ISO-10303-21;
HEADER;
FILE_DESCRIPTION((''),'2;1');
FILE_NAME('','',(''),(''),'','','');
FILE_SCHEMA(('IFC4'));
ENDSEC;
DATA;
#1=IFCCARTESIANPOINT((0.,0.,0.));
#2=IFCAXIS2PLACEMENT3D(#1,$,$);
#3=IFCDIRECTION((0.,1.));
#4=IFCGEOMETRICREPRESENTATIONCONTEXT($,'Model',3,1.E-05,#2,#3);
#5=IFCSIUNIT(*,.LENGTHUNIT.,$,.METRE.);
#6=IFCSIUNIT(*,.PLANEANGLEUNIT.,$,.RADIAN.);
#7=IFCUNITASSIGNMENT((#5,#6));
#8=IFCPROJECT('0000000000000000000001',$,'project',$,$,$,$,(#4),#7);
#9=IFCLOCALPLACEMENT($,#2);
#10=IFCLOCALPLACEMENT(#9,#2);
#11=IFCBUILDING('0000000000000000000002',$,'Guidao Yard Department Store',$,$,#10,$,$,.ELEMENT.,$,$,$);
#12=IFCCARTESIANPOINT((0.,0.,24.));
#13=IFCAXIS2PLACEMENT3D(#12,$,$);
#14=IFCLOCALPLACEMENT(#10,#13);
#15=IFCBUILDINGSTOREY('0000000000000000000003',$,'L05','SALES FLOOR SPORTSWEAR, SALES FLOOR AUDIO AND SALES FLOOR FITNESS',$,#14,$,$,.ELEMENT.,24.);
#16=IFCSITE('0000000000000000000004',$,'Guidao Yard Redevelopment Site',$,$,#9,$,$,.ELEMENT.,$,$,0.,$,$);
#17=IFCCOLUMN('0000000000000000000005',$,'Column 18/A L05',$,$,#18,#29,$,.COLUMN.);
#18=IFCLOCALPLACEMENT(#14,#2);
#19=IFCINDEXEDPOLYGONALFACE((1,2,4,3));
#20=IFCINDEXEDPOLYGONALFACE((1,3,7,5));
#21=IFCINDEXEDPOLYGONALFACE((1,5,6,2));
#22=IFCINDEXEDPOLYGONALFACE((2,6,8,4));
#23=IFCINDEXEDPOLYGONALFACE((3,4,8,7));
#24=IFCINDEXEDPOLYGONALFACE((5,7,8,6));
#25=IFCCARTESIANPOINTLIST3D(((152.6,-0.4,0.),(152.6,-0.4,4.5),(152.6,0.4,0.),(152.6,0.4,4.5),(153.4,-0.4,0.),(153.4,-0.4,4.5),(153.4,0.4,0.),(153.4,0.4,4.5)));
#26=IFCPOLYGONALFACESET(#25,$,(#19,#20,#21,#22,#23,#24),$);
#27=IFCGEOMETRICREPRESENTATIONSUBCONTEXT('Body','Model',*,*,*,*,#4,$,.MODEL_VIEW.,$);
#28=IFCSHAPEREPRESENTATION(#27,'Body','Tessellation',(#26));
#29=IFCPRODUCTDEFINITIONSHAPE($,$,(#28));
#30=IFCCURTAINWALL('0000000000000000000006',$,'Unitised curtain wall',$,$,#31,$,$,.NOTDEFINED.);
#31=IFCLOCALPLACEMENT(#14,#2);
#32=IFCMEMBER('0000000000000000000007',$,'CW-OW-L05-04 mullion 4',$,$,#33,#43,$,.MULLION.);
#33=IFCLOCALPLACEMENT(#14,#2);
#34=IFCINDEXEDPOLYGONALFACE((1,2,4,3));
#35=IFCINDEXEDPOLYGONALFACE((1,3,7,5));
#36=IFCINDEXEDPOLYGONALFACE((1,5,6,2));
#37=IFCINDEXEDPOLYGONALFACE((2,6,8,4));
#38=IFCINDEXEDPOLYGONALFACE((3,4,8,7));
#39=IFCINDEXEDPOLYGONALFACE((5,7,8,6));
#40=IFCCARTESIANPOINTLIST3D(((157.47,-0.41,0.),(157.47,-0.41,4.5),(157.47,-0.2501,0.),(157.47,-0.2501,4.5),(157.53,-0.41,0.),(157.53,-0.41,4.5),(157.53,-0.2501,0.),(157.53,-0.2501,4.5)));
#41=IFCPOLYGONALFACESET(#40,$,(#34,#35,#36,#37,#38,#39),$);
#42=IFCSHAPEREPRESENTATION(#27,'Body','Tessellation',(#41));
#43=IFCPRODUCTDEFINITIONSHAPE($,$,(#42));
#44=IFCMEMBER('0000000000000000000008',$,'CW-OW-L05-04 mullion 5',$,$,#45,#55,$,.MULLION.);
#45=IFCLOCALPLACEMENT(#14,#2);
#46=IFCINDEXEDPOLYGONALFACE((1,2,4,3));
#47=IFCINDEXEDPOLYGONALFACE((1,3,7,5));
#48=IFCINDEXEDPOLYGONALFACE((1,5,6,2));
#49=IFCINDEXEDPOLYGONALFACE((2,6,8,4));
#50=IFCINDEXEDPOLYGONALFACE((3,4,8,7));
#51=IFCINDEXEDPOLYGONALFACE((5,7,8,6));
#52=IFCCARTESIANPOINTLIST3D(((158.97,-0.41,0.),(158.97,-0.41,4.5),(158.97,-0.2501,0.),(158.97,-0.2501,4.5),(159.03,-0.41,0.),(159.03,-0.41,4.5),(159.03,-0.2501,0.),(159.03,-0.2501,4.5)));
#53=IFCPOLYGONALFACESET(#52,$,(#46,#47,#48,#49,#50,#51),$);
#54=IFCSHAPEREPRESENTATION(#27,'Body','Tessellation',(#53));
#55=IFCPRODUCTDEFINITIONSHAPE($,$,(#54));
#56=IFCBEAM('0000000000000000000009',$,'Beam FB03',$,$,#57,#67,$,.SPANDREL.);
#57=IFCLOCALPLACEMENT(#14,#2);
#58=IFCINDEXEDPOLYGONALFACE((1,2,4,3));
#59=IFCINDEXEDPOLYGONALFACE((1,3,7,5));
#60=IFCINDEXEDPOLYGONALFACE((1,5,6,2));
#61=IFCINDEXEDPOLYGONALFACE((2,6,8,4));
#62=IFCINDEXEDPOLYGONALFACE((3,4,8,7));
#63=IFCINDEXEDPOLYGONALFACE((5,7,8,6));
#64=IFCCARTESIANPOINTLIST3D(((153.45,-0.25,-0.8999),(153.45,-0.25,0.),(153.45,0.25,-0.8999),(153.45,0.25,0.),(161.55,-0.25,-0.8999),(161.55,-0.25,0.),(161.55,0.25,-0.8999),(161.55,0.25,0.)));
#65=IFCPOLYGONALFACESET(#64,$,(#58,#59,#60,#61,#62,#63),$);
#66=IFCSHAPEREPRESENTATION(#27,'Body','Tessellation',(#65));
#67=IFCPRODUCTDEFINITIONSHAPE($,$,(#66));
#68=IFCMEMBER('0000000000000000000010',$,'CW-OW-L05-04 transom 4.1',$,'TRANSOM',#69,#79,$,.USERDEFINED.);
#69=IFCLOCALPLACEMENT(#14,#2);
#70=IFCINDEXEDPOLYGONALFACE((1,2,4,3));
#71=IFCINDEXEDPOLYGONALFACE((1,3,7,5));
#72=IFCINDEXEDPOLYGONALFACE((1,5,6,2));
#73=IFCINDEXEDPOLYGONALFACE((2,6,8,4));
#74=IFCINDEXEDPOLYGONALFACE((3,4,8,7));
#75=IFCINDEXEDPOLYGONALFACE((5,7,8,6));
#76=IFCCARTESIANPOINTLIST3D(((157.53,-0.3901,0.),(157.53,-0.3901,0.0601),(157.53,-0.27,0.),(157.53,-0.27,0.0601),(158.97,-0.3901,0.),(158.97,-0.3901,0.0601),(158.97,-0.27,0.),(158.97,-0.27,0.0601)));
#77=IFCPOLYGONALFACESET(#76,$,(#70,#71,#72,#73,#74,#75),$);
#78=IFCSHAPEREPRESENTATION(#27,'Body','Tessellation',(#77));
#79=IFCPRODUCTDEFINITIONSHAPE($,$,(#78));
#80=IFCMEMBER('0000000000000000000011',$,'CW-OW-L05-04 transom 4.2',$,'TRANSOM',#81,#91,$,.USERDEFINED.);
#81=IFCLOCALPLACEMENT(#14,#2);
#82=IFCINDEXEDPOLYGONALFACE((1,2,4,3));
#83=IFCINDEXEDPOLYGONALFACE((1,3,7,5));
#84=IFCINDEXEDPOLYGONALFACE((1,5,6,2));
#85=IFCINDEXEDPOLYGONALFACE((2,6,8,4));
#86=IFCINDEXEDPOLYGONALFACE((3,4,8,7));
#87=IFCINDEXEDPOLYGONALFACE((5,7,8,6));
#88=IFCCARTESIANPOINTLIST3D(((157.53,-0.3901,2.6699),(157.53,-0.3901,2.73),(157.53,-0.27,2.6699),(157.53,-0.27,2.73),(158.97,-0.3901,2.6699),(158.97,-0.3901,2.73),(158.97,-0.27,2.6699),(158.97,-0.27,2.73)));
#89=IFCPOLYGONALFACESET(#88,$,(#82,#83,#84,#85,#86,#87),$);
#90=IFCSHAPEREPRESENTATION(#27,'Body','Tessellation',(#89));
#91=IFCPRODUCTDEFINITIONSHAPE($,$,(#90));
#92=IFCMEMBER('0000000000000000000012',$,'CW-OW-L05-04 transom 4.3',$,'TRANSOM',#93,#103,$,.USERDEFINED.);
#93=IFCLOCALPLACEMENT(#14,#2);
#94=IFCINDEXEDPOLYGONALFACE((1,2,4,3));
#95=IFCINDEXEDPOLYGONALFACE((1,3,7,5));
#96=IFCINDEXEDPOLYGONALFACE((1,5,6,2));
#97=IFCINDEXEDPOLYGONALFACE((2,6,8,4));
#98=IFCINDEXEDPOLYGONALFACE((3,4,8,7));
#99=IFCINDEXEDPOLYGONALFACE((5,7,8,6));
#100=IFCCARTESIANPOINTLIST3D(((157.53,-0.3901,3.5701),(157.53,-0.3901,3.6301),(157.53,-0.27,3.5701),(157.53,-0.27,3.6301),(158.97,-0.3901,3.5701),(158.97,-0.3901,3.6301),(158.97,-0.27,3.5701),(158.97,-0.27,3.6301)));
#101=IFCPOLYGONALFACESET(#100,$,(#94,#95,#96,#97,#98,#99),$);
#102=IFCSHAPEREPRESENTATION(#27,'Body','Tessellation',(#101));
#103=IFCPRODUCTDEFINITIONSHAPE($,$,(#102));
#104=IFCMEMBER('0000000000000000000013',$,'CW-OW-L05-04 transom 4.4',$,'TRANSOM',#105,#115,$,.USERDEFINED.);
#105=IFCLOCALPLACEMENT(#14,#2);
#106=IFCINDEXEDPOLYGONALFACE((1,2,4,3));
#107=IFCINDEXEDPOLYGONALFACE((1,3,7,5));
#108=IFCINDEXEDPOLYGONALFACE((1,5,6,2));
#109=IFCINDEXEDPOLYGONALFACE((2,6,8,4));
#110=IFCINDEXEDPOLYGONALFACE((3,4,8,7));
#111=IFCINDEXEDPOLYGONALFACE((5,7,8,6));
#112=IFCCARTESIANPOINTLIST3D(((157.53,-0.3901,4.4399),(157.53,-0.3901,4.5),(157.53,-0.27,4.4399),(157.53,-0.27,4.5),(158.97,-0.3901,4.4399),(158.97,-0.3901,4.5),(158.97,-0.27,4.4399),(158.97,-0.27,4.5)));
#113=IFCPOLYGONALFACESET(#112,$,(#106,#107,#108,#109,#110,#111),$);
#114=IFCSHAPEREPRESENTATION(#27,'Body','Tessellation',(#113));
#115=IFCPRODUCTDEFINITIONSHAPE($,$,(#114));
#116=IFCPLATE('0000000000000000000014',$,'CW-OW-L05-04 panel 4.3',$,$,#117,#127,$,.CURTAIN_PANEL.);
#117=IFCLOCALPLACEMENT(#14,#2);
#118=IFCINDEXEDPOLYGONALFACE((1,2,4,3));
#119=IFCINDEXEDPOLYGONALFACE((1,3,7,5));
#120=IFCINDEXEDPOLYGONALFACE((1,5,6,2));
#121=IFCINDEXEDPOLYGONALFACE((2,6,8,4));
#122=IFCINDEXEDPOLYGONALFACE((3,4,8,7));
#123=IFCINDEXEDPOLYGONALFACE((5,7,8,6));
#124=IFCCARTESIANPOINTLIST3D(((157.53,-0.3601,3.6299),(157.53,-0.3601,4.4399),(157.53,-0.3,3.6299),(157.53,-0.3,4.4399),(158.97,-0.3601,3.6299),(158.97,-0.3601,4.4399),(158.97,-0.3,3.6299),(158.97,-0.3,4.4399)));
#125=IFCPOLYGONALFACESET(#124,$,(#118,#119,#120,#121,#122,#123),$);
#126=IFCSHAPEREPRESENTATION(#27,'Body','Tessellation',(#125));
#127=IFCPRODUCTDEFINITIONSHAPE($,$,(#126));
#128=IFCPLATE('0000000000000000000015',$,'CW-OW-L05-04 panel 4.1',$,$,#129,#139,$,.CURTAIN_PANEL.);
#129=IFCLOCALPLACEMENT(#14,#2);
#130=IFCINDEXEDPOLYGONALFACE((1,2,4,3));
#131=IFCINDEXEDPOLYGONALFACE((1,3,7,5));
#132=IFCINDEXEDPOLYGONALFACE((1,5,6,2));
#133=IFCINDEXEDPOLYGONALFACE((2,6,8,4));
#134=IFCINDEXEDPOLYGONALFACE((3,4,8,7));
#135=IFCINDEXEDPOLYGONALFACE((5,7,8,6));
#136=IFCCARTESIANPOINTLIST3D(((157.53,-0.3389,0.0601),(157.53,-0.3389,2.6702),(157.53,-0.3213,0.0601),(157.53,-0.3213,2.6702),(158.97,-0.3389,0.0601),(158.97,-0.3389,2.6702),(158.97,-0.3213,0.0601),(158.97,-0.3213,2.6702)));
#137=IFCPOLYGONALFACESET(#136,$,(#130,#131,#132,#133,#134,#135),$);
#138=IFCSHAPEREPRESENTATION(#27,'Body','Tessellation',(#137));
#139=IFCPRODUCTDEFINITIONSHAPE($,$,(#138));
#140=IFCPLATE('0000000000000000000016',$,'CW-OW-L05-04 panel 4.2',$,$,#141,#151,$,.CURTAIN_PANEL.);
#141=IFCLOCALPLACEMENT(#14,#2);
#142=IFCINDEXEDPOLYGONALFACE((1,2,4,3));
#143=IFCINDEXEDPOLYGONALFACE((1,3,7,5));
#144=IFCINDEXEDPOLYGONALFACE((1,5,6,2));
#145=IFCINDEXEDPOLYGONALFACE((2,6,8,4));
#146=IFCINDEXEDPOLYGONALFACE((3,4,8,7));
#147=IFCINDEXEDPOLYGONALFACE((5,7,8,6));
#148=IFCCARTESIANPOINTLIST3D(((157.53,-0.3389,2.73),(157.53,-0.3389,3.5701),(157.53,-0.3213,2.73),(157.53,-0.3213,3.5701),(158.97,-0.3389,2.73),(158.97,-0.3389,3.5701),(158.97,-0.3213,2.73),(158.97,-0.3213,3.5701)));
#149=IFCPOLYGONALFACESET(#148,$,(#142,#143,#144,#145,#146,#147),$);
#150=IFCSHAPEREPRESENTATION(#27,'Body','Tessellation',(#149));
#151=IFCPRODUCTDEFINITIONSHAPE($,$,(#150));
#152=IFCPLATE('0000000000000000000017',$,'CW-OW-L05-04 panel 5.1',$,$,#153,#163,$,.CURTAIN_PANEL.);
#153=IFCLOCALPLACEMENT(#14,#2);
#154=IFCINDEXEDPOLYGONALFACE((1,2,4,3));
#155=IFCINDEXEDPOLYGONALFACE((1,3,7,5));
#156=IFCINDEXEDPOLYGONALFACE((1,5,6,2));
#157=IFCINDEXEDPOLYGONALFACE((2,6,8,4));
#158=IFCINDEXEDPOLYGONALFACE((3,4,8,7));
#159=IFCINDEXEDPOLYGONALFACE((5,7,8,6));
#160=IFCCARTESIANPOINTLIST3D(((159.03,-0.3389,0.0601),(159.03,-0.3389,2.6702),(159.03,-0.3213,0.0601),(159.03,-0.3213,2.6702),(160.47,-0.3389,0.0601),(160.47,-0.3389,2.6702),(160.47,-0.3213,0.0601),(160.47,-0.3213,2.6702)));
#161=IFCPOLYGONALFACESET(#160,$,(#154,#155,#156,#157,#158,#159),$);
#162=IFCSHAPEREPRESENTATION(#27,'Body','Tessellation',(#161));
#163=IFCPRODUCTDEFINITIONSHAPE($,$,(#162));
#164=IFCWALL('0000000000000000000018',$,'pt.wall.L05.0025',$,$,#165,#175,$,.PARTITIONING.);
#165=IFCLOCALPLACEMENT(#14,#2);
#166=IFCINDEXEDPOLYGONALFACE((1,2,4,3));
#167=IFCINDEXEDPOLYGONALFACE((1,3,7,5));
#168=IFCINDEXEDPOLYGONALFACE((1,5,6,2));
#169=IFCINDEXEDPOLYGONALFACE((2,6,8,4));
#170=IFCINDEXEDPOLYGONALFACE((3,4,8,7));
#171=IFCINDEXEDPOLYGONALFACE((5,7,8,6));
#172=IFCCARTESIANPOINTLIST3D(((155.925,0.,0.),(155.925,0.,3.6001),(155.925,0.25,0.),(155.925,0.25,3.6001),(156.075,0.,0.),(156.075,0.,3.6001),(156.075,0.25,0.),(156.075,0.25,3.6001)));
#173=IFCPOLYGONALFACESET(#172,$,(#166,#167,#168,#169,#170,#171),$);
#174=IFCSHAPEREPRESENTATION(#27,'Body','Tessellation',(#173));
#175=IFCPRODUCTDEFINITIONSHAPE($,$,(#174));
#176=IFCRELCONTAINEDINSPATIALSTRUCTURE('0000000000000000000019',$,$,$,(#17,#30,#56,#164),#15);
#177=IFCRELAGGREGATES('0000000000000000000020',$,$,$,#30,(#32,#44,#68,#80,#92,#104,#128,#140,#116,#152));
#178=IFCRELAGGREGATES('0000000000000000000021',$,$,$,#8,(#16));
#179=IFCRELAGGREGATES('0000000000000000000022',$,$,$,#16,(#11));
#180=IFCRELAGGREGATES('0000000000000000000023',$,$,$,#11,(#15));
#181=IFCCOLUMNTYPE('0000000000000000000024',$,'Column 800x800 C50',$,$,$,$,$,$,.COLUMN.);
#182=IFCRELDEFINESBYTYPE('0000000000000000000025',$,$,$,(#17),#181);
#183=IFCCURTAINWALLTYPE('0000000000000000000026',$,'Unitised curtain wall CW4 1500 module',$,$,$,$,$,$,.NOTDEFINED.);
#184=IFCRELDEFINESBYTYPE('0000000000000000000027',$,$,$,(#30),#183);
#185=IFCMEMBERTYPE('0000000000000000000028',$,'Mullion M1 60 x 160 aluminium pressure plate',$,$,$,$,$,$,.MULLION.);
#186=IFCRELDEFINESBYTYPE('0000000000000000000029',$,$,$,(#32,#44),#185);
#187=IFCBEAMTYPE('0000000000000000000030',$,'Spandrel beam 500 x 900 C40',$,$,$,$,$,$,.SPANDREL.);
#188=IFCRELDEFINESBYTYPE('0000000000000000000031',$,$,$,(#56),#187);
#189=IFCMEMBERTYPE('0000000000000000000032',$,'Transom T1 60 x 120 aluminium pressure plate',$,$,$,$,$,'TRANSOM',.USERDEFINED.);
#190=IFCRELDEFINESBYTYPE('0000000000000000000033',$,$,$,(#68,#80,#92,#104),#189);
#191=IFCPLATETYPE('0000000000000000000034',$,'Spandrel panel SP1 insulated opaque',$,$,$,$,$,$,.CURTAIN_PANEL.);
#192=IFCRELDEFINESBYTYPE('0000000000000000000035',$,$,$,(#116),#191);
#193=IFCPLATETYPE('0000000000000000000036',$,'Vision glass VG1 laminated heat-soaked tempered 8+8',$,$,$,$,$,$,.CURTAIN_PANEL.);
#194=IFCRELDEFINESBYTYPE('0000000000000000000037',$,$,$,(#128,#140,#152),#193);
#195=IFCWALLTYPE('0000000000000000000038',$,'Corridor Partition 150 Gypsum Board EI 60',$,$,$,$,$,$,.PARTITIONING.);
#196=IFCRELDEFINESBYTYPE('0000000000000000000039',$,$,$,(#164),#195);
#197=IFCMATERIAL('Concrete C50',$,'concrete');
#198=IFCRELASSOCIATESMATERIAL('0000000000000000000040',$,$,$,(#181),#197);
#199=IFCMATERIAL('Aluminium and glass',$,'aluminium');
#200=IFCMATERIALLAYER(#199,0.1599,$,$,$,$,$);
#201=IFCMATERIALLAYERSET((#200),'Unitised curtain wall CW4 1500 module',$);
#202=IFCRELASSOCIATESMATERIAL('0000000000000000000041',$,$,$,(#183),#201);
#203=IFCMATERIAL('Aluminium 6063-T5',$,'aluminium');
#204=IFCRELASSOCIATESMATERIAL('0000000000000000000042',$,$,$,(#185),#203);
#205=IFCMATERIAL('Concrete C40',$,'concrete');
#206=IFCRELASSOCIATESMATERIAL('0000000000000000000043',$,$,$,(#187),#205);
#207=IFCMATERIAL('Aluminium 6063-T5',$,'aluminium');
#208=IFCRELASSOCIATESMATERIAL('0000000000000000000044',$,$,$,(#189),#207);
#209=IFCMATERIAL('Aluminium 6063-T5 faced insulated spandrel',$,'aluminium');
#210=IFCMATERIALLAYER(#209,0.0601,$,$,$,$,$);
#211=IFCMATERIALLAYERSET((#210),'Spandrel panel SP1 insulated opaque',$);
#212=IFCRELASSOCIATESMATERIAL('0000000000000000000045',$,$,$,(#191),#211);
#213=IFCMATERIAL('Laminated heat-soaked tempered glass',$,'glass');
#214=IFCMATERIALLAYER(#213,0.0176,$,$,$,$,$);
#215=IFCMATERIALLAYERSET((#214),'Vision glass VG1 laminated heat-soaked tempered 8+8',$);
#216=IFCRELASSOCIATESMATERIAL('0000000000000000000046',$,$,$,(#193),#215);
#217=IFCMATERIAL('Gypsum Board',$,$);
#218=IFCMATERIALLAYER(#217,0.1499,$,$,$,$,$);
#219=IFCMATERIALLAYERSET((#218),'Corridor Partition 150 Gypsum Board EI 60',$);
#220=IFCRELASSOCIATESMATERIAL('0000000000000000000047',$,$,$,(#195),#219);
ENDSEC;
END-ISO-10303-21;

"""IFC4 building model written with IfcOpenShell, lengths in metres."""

from ifc_helpers import new_model, si_unit, direction, frame, frame_2d, origin, origin_2d, place, context, subcontext, project, spatial, rectangle, extrude, material, layer, layer_set, material_profile, profile_set, type_object, element, aggregate, save


model = new_model("IFC4")

# Units and contexts
model_context = context("Model", 3, precision=1e-05, world=origin(), true_north=direction((0.0, 1.0)))
body_context = subcontext(model_context, "Body", "Model", "MODEL_VIEW")
ifc_project = project(units=[si_unit("LENGTHUNIT", "METRE"), si_unit("PLANEANGLEUNIT", "RADIAN")], contexts=[model_context])

# Site, building, storey
site_placement = place(None, origin())
site = spatial("IfcSite", under=ifc_project, at=site_placement, Name="Guidao Yard Redevelopment Site", CompositionType="ELEMENT", RefElevation=0.0)
building_placement = place(site_placement, origin())
building = spatial("IfcBuilding", under=site, at=building_placement, Name="Guidao Yard Department Store", CompositionType="ELEMENT")
storey_placement = place(building_placement, frame((0.0, 0.0, 24.0)))
storey = spatial("IfcBuildingStorey", under=building, at=storey_placement, Name="L05", Description="SALES FLOOR SPORTSWEAR, SALES FLOOR AUDIO AND SALES FLOOR FITNESS", CompositionType="ELEMENT", Elevation=24.0)

# Column
ifc_material_1 = material(Name="Concrete C50", Category="concrete")
ifc_material_profile_1 = material_profile(ifc_material_1, rectangle(XDim=0.8, YDim=0.8, at=origin_2d()), Name="COL 800x800")
ifc_profile_set_1 = profile_set([ifc_material_profile_1], Name="Concrete C50")
column_type = type_object("IfcColumnType", Name="Column 800x800 C50", PredefinedType="COLUMN", material=ifc_profile_set_1)
column_placement = place(storey_placement, frame((153.0, 0.0, 0.0), z_axis=(0.0, 0.0, 1.0), x_axis=(1.0, 0.0, 0.0)))
element("IfcColumn", 1, at=column_placement, inside=storey, type_object=column_type, Name="Column 18/A L05", PredefinedType="COLUMN", context=body_context, shape_type="SweptSolid", body=[
    extrude(rectangle(XDim=0.8, YDim=0.8, at=origin_2d()), origin(), (0.0, 0.0, 1.0), 4.5),
])

# Curtain wall, members
ifc_material_2 = material(Name="Aluminium and glass", Category="aluminium")
ifc_layer_1 = layer(ifc_material_2, 0.1599)
ifc_layer_set_1 = layer_set([ifc_layer_1], Name="Unitised curtain wall CW4 1500 module")
curtain_wall_type = type_object("IfcCurtainWallType", Name="Unitised curtain wall CW4 1500 module", PredefinedType="NOTDEFINED", material=ifc_layer_set_1)
curtain_wall_placement = place(storey_placement, origin())
curtain_wall = element("IfcCurtainWall", 2, at=curtain_wall_placement, inside=storey, type_object=curtain_wall_type, Name="Unitised curtain wall", PredefinedType="NOTDEFINED")
ifc_material_3 = material(Name="Aluminium 6063-T5", Category="aluminium")
ifc_material_profile_2 = material_profile(ifc_material_3, rectangle(XDim=0.0601, YDim=0.1599, at=origin_2d()), Name="Mullion M1 60 x 160 aluminium pressure plate")
ifc_profile_set_2 = profile_set([ifc_material_profile_2], Name="Aluminium 6063-T5")
member_type_1 = type_object("IfcMemberType", Name="Mullion M1 60 x 160 aluminium pressure plate", PredefinedType="MULLION", material=ifc_profile_set_2)
member_1_placement = place(storey_placement, frame((157.5, -0.3301, 0.0), z_axis=(0.0, 0.0, 1.0), x_axis=(-1.0, 0.0, 0.0)))
member_1 = element("IfcMember", 3, at=member_1_placement, type_object=member_type_1, Name="CW-OW-L05-04 mullion 4", PredefinedType="MULLION", context=body_context, shape_type="SweptSolid", body=[
    extrude(rectangle(XDim=0.0601, YDim=0.1599, at=origin_2d()), origin(), (0.0, 0.0, 1.0), 4.5),
])
member_2_placement = place(storey_placement, frame((159.0, -0.3301, 0.0), z_axis=(0.0, 0.0, 1.0), x_axis=(-1.0, 0.0, 0.0)))
member_2 = element("IfcMember", 4, at=member_2_placement, type_object=member_type_1, Name="CW-OW-L05-04 mullion 5", PredefinedType="MULLION", context=body_context, shape_type="SweptSolid", body=[
    extrude(rectangle(XDim=0.0601, YDim=0.1599, at=origin_2d()), origin(), (0.0, 0.0, 1.0), 4.5),
])

# Beam
ifc_material_4 = material(Name="Concrete C40", Category="concrete")
ifc_material_profile_3 = material_profile(ifc_material_4, rectangle(XDim=0.5, YDim=0.8999, at=origin_2d()), Name="Spandrel beam 500 x 900 C40")
ifc_profile_set_3 = profile_set([ifc_material_profile_3], Name="Concrete C40")
beam_type = type_object("IfcBeamType", Name="Spandrel beam 500 x 900 C40", PredefinedType="SPANDREL", material=ifc_profile_set_3)
beam_placement = place(storey_placement, frame((153.45, 0.0, -0.45), z_axis=(1.0, 0.0, 0.0), x_axis=(0.0, 1.0, 0.0)))
element("IfcBeam", 5, at=beam_placement, inside=storey, type_object=beam_type, Name="Beam FB03", PredefinedType="SPANDREL", context=body_context, shape_type="SweptSolid", body=[
    extrude(rectangle(XDim=0.5, YDim=0.8999, at=origin_2d()), origin(), (0.0, 0.0, 1.0), 8.1001),
])

# Members
ifc_material_5 = material(Name="Aluminium 6063-T5", Category="aluminium")
ifc_material_profile_4 = material_profile(ifc_material_5, rectangle(XDim=0.1201, YDim=0.0601, at=origin_2d()), Name="Transom T1 60 x 120 aluminium pressure plate")
ifc_profile_set_4 = profile_set([ifc_material_profile_4], Name="Aluminium 6063-T5")
member_type_2 = type_object("IfcMemberType", Name="Transom T1 60 x 120 aluminium pressure plate", ElementType="TRANSOM", PredefinedType="USERDEFINED", material=ifc_profile_set_4)
member_3_placement = place(storey_placement, frame((158.97, -0.3301, 0.03), z_axis=(-1.0, 0.0, 0.0), x_axis=(0.0, -1.0, 0.0)))
member_3 = element("IfcMember", 6, at=member_3_placement, type_object=member_type_2, Name="CW-OW-L05-04 transom 4.1", ObjectType="TRANSOM", PredefinedType="USERDEFINED", context=body_context, shape_type="SweptSolid", body=[
    extrude(rectangle(XDim=0.1201, YDim=0.0601, at=origin_2d()), origin(), (0.0, 0.0, 1.0), 1.4399),
])
member_4_placement = place(storey_placement, frame((158.97, -0.3301, 2.7), z_axis=(-1.0, 0.0, 0.0), x_axis=(0.0, -1.0, 0.0)))
member_4 = element("IfcMember", 7, at=member_4_placement, type_object=member_type_2, Name="CW-OW-L05-04 transom 4.2", ObjectType="TRANSOM", PredefinedType="USERDEFINED", context=body_context, shape_type="SweptSolid", body=[
    extrude(rectangle(XDim=0.1201, YDim=0.0601, at=origin_2d()), origin(), (0.0, 0.0, 1.0), 1.4399),
])
member_5_placement = place(storey_placement, frame((158.97, -0.3301, 3.6001), z_axis=(-1.0, 0.0, 0.0), x_axis=(0.0, -1.0, 0.0)))
member_5 = element("IfcMember", 8, at=member_5_placement, type_object=member_type_2, Name="CW-OW-L05-04 transom 4.3", ObjectType="TRANSOM", PredefinedType="USERDEFINED", context=body_context, shape_type="SweptSolid", body=[
    extrude(rectangle(XDim=0.1201, YDim=0.0601, at=origin_2d()), origin(), (0.0, 0.0, 1.0), 1.4399),
])
member_6_placement = place(storey_placement, frame((158.97, -0.3301, 4.47), z_axis=(-1.0, 0.0, 0.0), x_axis=(0.0, -1.0, 0.0)))
member_6 = element("IfcMember", 9, at=member_6_placement, type_object=member_type_2, Name="CW-OW-L05-04 transom 4.4", ObjectType="TRANSOM", PredefinedType="USERDEFINED", context=body_context, shape_type="SweptSolid", body=[
    extrude(rectangle(XDim=0.1201, YDim=0.0601, at=origin_2d()), origin(), (0.0, 0.0, 1.0), 1.4399),
])

# Plates
ifc_material_6 = material(Name="Aluminium 6063-T5 faced insulated spandrel", Category="aluminium")
ifc_layer_2 = layer(ifc_material_6, 0.0601)
ifc_layer_set_2 = layer_set([ifc_layer_2], Name="Spandrel panel SP1 insulated opaque")
plate_type_1 = type_object("IfcPlateType", Name="Spandrel panel SP1 insulated opaque", PredefinedType="CURTAIN_PANEL", material=ifc_layer_set_2)
plate_1_placement = place(storey_placement, frame((158.25, -0.3301, 3.6299), z_axis=(0.0, 0.0, 1.0), x_axis=(-1.0, 0.0, 0.0)))
plate_1 = element("IfcPlate", 10, at=plate_1_placement, type_object=plate_type_1, Name="CW-OW-L05-04 panel 4.3", PredefinedType="CURTAIN_PANEL", context=body_context, shape_type="SweptSolid", body=[
    extrude(rectangle(XDim=1.4399, YDim=0.0601, at=origin_2d()), origin(), (0.0, 0.0, 1.0), 0.8101),
])
ifc_material_7 = material(Name="Laminated heat-soaked tempered glass", Category="glass")
ifc_layer_3 = layer(ifc_material_7, 0.0176)
ifc_layer_set_3 = layer_set([ifc_layer_3], Name="Vision glass VG1 laminated heat-soaked tempered 8+8")
plate_type_2 = type_object("IfcPlateType", Name="Vision glass VG1 laminated heat-soaked tempered 8+8", PredefinedType="CURTAIN_PANEL", material=ifc_layer_set_3)
plate_2_placement = place(storey_placement, frame((158.25, -0.3301, 0.0601), z_axis=(0.0, 0.0, 1.0), x_axis=(-1.0, 0.0, 0.0)))
plate_2 = element("IfcPlate", 11, at=plate_2_placement, type_object=plate_type_2, Name="CW-OW-L05-04 panel 4.1", PredefinedType="CURTAIN_PANEL", context=body_context, shape_type="SweptSolid", body=[
    extrude(rectangle(XDim=1.4399, YDim=0.0176, at=origin_2d()), origin(), (0.0, 0.0, 1.0), 2.6101),
])
plate_3_placement = place(storey_placement, frame((158.25, -0.3301, 2.73), z_axis=(0.0, 0.0, 1.0), x_axis=(-1.0, 0.0, 0.0)))
plate_3 = element("IfcPlate", 12, at=plate_3_placement, type_object=plate_type_2, Name="CW-OW-L05-04 panel 4.2", PredefinedType="CURTAIN_PANEL", context=body_context, shape_type="SweptSolid", body=[
    extrude(rectangle(XDim=1.4399, YDim=0.0176, at=origin_2d()), origin(), (0.0, 0.0, 1.0), 0.8401),
])
plate_4_placement = place(storey_placement, frame((159.75, -0.3301, 0.0601), z_axis=(0.0, 0.0, 1.0), x_axis=(-1.0, 0.0, 0.0)))
plate_4 = element("IfcPlate", 13, at=plate_4_placement, type_object=plate_type_2, Name="CW-OW-L05-04 panel 5.1", PredefinedType="CURTAIN_PANEL", context=body_context, shape_type="SweptSolid", body=[
    extrude(rectangle(XDim=1.4399, YDim=0.0176, at=origin_2d()), origin(), (0.0, 0.0, 1.0), 2.6101),
])
aggregate(curtain_wall, [member_1, member_2, member_3, member_4, member_5, member_6, plate_2, plate_3, plate_1, plate_4])

# Wall
ifc_material_8 = material(Name="Gypsum Board")
ifc_layer_4 = layer(ifc_material_8, 0.1499)
ifc_layer_set_4 = layer_set([ifc_layer_4], Name="Corridor Partition 150 Gypsum Board EI 60")
wall_type_1 = type_object("IfcWallType", Name="Corridor Partition 150 Gypsum Board EI 60", PredefinedType="PARTITIONING", material=ifc_layer_set_4)
wall_1_placement = place(storey_placement, frame((156.0, 0.0, 0.0), z_axis=(0.0, 0.0, 1.0), x_axis=(0.0, 1.0, 0.0)))
element("IfcWall", 14, at=wall_1_placement, inside=storey, type_object=wall_type_1, Name="pt.wall.L05.0025", PredefinedType="PARTITIONING", context=body_context, shape_type="SweptSolid", body=[
    extrude(rectangle(XDim=0.25, YDim=0.1499, at=frame_2d((0.125, 0.0))), origin(), (0.0, 0.0, 1.0), 3.6001),
])

save(model, "model.ifc")
